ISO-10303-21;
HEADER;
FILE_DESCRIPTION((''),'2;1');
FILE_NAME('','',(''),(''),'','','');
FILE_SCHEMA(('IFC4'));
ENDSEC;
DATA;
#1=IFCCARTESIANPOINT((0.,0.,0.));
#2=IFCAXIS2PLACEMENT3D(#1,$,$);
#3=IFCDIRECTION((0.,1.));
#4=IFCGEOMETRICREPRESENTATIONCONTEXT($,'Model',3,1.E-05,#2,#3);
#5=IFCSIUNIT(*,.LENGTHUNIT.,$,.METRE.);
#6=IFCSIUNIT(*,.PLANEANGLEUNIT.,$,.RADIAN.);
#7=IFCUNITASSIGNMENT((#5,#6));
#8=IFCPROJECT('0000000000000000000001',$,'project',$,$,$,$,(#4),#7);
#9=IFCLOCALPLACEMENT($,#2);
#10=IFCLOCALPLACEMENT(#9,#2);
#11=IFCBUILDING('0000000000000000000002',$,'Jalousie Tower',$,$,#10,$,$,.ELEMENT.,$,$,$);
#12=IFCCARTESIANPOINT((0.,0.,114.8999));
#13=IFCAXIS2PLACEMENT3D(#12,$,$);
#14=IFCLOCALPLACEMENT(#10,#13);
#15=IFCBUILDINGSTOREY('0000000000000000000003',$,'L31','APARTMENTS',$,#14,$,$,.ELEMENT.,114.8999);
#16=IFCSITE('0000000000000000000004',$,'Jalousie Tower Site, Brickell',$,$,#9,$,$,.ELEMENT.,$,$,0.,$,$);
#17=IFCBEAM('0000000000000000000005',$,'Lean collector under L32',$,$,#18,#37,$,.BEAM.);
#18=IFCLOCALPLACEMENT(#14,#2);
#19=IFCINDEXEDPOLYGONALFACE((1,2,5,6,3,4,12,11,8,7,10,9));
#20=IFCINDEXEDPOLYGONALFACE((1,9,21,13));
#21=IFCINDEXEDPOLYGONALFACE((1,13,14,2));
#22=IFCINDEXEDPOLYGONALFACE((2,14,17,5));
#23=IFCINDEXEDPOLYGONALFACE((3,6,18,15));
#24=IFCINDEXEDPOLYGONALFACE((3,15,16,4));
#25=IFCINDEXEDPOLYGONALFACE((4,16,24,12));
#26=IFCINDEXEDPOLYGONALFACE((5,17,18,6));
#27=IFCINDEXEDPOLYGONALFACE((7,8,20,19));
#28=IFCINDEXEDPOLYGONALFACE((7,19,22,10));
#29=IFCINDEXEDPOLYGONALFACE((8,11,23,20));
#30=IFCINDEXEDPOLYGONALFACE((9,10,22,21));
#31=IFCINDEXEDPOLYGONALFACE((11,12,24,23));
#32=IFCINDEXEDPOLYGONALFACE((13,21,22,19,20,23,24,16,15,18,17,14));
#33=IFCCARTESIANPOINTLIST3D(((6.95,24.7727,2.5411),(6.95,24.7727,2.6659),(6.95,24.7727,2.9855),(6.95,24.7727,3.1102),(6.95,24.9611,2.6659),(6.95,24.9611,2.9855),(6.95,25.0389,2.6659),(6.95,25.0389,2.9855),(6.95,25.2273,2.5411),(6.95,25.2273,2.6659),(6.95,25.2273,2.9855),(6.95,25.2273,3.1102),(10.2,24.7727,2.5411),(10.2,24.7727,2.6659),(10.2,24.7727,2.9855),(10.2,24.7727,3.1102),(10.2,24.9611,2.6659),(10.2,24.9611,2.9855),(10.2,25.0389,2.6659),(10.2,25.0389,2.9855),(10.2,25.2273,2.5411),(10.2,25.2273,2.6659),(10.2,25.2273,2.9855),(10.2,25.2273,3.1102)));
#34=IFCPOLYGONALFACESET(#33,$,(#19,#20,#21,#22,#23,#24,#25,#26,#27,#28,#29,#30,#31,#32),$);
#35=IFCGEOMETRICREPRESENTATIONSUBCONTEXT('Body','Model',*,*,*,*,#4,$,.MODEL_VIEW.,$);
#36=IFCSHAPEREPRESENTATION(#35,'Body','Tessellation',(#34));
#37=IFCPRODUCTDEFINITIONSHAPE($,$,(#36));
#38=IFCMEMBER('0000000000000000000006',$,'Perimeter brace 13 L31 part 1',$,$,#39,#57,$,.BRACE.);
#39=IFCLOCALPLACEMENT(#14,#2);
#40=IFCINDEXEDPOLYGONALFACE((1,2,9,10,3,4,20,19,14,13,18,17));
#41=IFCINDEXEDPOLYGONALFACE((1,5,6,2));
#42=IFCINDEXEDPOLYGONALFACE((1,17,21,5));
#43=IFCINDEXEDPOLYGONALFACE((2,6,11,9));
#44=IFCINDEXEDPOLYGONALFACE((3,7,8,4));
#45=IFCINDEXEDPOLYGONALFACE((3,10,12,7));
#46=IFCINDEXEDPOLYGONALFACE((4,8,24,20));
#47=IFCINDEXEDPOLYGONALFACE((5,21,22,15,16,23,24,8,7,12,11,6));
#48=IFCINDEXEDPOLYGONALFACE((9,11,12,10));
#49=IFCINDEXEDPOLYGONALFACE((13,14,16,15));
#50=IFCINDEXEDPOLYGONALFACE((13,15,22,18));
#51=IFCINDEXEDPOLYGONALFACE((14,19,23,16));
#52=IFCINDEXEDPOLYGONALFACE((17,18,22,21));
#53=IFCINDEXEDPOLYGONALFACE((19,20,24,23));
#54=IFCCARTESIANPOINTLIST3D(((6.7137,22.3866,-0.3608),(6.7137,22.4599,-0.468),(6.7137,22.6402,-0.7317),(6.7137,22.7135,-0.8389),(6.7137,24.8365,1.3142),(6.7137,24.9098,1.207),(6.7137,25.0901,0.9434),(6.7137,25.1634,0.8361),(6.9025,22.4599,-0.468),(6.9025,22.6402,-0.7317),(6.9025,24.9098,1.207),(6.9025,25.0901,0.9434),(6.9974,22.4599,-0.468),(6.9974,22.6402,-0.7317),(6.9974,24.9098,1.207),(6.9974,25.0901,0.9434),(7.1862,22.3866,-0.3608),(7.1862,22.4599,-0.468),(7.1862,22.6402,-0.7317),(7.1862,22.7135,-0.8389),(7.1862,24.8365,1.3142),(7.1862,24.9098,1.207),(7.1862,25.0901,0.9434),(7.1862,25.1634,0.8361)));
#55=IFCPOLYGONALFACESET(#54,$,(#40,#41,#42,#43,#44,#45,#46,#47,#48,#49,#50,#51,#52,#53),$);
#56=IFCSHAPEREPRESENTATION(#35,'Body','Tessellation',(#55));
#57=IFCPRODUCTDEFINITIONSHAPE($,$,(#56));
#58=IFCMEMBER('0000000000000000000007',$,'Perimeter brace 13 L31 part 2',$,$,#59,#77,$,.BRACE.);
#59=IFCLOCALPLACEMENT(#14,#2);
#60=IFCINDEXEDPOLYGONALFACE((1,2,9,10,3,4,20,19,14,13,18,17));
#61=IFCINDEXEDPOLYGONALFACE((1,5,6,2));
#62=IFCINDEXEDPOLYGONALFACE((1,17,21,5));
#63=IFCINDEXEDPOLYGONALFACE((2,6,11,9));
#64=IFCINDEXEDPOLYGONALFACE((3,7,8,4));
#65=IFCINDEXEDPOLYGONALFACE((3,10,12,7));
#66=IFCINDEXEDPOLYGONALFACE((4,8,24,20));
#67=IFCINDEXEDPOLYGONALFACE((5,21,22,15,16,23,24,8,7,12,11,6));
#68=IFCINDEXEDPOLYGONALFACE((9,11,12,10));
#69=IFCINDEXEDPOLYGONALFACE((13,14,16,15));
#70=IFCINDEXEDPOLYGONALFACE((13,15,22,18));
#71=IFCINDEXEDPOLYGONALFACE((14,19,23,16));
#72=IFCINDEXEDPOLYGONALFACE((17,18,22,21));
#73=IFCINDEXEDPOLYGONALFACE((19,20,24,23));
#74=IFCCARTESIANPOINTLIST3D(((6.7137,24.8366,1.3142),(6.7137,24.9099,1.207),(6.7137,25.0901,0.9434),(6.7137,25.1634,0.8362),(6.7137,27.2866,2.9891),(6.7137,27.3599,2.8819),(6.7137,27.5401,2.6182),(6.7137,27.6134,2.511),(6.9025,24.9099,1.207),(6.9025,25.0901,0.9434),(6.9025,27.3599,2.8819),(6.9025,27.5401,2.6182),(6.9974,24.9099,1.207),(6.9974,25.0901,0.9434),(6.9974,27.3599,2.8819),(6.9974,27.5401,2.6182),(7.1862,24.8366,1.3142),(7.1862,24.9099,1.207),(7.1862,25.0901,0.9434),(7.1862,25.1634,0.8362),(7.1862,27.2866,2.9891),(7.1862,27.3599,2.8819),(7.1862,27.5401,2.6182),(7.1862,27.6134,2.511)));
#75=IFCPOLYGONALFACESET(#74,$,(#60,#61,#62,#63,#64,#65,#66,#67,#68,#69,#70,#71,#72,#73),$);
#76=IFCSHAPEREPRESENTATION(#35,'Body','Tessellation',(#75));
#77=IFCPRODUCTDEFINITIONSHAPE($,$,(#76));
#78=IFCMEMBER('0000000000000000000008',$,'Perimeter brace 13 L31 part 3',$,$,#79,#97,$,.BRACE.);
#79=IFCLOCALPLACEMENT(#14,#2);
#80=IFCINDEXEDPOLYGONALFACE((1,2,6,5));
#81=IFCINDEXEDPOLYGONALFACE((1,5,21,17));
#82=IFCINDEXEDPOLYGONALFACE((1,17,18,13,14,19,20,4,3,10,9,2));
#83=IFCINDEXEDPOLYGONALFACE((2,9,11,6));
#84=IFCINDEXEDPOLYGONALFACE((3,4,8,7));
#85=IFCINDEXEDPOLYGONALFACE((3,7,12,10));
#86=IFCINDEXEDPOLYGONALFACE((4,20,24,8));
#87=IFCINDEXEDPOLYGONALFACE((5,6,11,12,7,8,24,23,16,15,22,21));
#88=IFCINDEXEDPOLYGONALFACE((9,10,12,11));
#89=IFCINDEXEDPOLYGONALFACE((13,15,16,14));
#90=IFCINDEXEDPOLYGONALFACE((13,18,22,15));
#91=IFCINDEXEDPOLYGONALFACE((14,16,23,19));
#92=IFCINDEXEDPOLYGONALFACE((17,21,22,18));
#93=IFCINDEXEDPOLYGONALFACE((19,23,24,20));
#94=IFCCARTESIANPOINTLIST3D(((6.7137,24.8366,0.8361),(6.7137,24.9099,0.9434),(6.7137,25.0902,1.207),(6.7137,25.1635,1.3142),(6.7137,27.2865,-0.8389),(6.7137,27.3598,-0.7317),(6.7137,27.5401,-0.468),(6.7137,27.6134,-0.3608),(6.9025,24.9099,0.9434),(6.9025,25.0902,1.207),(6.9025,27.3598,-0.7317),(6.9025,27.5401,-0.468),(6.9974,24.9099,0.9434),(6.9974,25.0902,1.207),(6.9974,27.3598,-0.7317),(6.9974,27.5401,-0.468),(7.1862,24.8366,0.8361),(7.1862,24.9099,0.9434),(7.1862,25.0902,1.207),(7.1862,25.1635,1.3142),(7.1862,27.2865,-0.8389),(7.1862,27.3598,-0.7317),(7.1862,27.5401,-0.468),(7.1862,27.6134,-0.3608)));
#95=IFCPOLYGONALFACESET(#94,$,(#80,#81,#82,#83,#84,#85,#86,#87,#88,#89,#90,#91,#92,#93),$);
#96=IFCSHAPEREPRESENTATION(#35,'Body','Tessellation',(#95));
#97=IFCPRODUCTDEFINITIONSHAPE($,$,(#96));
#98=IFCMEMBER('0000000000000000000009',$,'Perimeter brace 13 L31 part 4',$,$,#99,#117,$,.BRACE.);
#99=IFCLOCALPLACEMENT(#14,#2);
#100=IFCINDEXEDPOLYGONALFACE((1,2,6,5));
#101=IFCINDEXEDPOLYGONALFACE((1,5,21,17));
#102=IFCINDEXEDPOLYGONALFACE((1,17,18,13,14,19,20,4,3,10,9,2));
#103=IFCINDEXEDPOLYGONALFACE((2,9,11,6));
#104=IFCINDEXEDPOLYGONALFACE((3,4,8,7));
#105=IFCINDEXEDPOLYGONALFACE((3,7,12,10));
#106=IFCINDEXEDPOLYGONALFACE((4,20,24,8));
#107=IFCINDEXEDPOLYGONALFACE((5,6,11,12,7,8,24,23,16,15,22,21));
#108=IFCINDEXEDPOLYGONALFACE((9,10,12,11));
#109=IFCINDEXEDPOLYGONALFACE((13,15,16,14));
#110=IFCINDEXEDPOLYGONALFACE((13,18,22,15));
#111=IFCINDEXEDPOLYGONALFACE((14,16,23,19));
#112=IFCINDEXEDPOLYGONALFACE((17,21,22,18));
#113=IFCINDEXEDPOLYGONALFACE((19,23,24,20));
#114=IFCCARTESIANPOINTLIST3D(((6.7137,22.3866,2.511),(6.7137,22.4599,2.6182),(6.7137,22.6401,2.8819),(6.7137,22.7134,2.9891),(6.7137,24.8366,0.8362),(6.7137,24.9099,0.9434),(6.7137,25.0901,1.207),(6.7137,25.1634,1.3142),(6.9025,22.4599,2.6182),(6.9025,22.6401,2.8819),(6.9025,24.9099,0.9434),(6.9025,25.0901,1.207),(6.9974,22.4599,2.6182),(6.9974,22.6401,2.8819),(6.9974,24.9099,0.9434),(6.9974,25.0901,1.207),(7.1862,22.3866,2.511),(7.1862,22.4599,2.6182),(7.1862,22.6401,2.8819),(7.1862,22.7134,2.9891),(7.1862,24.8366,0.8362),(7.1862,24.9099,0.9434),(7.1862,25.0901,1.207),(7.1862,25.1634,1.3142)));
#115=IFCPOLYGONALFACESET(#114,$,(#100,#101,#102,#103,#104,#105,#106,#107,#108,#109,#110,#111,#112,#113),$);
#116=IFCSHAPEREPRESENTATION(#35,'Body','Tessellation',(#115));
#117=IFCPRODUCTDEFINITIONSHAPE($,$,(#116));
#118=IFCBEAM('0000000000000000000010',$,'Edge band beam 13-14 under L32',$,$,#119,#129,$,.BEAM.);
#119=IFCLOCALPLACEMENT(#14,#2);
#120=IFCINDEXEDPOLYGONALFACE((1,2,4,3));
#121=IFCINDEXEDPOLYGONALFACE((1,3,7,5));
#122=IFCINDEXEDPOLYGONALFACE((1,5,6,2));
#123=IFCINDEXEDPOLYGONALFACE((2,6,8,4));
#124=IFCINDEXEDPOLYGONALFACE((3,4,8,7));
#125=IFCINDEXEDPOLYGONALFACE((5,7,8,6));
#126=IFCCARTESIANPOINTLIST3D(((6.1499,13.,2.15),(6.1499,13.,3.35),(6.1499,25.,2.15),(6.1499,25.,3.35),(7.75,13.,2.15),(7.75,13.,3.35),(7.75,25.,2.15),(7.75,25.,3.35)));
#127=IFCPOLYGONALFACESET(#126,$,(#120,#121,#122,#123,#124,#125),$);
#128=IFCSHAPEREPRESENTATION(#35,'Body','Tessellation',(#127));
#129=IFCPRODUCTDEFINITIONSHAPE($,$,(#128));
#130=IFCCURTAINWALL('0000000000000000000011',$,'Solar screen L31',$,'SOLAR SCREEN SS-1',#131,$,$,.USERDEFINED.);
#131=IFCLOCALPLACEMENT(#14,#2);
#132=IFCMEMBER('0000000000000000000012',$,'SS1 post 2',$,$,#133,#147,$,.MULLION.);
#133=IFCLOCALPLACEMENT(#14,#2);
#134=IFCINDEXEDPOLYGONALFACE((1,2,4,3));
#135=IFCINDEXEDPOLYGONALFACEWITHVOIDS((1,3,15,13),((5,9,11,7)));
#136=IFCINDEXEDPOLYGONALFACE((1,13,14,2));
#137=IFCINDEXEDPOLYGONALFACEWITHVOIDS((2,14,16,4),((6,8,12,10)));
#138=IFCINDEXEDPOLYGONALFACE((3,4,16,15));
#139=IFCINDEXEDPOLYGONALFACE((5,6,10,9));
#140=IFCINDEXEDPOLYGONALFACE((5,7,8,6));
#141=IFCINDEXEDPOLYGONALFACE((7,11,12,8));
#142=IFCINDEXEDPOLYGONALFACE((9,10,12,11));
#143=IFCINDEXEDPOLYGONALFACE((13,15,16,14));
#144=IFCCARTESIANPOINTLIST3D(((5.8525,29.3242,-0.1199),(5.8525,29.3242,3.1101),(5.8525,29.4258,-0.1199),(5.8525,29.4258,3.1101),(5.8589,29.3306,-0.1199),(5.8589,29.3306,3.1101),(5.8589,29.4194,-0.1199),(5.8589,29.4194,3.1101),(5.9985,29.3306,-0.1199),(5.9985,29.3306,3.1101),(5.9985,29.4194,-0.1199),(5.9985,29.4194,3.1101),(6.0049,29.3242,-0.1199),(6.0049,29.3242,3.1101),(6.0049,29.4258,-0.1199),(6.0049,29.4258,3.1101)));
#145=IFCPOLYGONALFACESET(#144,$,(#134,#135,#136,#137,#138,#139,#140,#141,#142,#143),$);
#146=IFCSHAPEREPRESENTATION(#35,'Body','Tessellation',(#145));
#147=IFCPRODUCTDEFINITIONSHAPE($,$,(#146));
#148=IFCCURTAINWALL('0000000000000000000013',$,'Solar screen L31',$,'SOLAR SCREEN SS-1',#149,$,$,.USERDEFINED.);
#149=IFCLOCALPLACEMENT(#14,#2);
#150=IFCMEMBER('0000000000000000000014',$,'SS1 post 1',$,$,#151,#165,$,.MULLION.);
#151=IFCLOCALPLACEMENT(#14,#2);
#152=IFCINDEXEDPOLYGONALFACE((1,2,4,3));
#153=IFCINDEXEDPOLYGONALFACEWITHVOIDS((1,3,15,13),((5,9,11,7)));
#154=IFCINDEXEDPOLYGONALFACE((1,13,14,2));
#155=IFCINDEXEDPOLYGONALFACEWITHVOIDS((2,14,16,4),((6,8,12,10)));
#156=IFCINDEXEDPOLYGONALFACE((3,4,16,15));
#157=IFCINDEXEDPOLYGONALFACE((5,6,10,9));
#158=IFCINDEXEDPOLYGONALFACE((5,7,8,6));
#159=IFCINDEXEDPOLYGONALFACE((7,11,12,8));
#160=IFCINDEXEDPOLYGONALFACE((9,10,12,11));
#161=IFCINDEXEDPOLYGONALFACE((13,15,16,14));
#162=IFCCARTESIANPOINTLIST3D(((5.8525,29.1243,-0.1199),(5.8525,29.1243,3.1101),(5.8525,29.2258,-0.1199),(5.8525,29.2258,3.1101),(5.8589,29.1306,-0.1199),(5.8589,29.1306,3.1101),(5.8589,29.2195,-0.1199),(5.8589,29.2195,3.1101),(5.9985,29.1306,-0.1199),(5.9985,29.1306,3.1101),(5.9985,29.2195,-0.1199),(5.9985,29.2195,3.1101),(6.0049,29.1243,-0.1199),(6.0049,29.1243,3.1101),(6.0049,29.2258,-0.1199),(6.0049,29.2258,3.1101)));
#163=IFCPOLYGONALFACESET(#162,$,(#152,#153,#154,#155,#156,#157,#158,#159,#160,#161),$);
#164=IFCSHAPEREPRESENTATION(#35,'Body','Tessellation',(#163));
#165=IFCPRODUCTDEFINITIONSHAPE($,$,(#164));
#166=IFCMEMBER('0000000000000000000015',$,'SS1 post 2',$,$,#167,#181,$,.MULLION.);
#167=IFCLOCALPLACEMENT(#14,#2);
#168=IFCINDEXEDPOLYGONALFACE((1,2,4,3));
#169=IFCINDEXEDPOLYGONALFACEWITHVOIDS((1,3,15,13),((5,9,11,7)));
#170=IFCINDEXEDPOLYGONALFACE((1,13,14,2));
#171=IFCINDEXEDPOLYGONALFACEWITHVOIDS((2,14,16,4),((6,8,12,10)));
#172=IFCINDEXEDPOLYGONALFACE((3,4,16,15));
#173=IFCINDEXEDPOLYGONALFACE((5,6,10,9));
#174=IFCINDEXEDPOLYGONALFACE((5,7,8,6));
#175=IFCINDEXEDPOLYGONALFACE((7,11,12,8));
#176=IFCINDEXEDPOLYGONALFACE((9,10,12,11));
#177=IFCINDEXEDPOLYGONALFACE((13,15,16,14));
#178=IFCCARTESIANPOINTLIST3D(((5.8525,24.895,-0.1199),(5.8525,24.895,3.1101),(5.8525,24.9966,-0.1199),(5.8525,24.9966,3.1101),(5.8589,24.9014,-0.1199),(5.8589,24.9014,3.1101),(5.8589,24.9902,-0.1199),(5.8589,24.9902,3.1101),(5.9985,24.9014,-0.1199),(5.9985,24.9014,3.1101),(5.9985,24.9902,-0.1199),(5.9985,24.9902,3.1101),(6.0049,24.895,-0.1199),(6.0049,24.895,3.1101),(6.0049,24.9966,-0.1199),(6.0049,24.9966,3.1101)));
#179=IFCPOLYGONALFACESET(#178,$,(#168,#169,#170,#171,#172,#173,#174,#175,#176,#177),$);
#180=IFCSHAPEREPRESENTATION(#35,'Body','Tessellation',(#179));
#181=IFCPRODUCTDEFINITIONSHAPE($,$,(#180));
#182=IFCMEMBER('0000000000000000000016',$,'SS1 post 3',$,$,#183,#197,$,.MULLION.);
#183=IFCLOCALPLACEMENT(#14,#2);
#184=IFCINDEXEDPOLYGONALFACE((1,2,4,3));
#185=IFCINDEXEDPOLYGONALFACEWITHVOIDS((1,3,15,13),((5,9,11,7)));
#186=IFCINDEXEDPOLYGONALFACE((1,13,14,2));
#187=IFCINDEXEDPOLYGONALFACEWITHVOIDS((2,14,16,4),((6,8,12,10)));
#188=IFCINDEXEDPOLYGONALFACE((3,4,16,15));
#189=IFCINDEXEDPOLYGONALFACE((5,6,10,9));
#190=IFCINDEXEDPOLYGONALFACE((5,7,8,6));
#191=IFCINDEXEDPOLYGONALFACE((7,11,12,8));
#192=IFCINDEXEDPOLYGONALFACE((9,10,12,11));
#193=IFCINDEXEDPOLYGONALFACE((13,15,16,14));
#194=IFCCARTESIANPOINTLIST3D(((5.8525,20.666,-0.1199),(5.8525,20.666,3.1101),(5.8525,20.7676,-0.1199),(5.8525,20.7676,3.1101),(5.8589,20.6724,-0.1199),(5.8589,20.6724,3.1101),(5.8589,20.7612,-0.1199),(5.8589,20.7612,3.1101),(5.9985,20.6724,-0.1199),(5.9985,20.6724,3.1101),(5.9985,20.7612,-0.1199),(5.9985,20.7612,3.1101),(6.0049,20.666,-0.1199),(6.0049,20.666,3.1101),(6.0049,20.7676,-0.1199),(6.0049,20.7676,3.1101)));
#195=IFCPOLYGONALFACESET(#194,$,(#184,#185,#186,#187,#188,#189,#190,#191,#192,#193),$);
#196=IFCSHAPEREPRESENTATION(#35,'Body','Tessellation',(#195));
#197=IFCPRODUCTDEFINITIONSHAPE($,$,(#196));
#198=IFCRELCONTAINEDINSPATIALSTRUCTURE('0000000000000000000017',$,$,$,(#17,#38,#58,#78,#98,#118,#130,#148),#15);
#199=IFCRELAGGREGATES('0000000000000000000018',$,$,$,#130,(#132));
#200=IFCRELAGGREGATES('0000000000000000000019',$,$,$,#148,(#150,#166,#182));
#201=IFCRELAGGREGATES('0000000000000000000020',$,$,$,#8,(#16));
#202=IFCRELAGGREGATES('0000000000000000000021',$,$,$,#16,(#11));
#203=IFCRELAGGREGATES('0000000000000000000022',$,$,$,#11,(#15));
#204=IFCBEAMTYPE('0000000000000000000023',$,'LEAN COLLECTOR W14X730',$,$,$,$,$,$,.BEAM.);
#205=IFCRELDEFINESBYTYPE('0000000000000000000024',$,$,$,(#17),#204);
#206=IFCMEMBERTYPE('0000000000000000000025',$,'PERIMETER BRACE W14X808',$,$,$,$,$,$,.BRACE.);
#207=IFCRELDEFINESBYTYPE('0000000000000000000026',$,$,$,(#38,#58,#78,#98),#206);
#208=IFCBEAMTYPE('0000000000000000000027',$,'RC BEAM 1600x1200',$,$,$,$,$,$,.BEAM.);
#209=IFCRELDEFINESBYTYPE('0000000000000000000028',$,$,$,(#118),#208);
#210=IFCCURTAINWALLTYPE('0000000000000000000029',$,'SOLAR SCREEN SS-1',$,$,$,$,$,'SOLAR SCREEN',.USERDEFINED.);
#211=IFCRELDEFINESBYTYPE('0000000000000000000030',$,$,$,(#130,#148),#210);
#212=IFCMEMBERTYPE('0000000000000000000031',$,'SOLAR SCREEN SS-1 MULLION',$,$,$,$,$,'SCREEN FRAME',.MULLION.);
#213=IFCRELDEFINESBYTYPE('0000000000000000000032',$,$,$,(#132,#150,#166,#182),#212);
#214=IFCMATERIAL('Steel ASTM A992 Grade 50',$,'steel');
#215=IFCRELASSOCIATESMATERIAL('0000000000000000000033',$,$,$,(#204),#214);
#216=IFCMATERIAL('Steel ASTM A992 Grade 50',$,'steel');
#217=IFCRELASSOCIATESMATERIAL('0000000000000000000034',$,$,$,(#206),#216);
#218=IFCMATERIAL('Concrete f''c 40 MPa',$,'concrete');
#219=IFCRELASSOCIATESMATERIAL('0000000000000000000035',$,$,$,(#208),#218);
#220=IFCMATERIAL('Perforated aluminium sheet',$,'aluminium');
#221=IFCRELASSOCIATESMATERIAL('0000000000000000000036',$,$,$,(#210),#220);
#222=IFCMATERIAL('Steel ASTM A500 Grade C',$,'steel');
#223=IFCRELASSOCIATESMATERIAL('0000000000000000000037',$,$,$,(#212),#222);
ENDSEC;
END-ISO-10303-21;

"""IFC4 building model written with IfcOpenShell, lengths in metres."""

from ifc_helpers import new_model, si_unit, direction, frame, origin, origin_2d, place, context, subcontext, project, spatial, rectangle, hollow_rectangle, i_section, extrude, material, material_profile, profile_set, type_object, element, aggregate, save


model = new_model("IFC4")

# Units and contexts
model_context = context("Model", 3, precision=1e-05, world=origin(), true_north=direction((0.0, 1.0)))
body_context = subcontext(model_context, "Body", "Model", "MODEL_VIEW")
ifc_project = project(units=[si_unit("LENGTHUNIT", "METRE"), si_unit("PLANEANGLEUNIT", "RADIAN")], contexts=[model_context])

# Site, building, storey
site_placement = place(None, origin())
site = spatial("IfcSite", under=ifc_project, at=site_placement, Name="Jalousie Tower Site, Brickell", CompositionType="ELEMENT", RefElevation=0.0)
building_placement = place(site_placement, origin())
building = spatial("IfcBuilding", under=site, at=building_placement, Name="Jalousie Tower", CompositionType="ELEMENT")
storey_placement = place(building_placement, frame((0.0, 0.0, 114.8999)))
storey = spatial("IfcBuildingStorey", under=building, at=storey_placement, Name="L31", Description="APARTMENTS", CompositionType="ELEMENT", Elevation=114.8999)

# Beam
ifc_material_1 = material(Name="Steel ASTM A992 Grade 50", Category="steel")
ifc_material_profile_1 = material_profile(ifc_material_1, i_section(OverallWidth=0.4546, OverallDepth=0.5691, WebThickness=0.0779, FlangeThickness=0.1248, at=origin_2d()), Name="W14X730")
ifc_profile_set_1 = profile_set([ifc_material_profile_1], Name="Steel ASTM A992 Grade 50")
beam_type_1 = type_object("IfcBeamType", Name="LEAN COLLECTOR W14X730", PredefinedType="BEAM", material=ifc_profile_set_1)
beam_1_placement = place(storey_placement, frame((6.95, 25.0, 2.8257), z_axis=(1.0, 0.0, 0.0), x_axis=(0.0, 1.0, 0.0)))
element("IfcBeam", 1, at=beam_1_placement, inside=storey, type_object=beam_type_1, Name="Lean collector under L32", PredefinedType="BEAM", context=body_context, shape_type="SweptSolid", body=[
    extrude(i_section(OverallWidth=0.4546, OverallDepth=0.5691, WebThickness=0.0779, FlangeThickness=0.1248, at=origin_2d()), origin(), (0.0, 0.0, 1.0), 3.25),
])

# Members
ifc_material_2 = material(Name="Steel ASTM A992 Grade 50", Category="steel")
ifc_material_profile_2 = material_profile(ifc_material_2, i_section(OverallWidth=0.4724, OverallDepth=0.5791, WebThickness=0.095, FlangeThickness=0.1299, at=origin_2d()), Name="W14X808")
ifc_profile_set_2 = profile_set([ifc_material_profile_2], Name="Steel ASTM A992 Grade 50")
member_type_1 = type_object("IfcMemberType", Name="PERIMETER BRACE W14X808", PredefinedType="BRACE", material=ifc_profile_set_2)
for number, where, z_axis, x_axis, name in (
    (2, (6.95, 22.55, -0.5999), (0.0, 0.825501, 0.564401), (-1.0, 0.0, 0.0), "Perimeter brace 13 L31 part 1"),
    (3, (6.95, 25.0, 1.0752), (0.0, 0.825539, 0.564345), (-1.0, 0.0, 0.0), "Perimeter brace 13 L31 part 2"),
    (4, (6.95, 27.45, -0.5999), (0.0, -0.825501, 0.564401), (1.0, 0.0, 0.0), "Perimeter brace 13 L31 part 3"),
    (5, (6.95, 25.0, 1.0752), (0.0, -0.825539, 0.564345), (1.0, 0.0, 0.0), "Perimeter brace 13 L31 part 4"),
):
    element("IfcMember", number, at=place(storey_placement, frame(where, z_axis=z_axis, x_axis=x_axis)), inside=storey, type_object=member_type_1, Name=name, PredefinedType="BRACE", context=body_context, shape_type="SweptSolid", body=[
        extrude(i_section(OverallWidth=0.4724, OverallDepth=0.5791, WebThickness=0.095, FlangeThickness=0.1299, at=origin_2d()), origin(), (0.0, 0.0, 1.0), 2.9678),
    ])

# Beam
ifc_material_3 = material(Name="Concrete f'c 40 MPa", Category="concrete")
ifc_material_profile_3 = material_profile(ifc_material_3, rectangle(XDim=1.6001, YDim=1.2, at=origin_2d()), Name="RC 1600x1200")
ifc_profile_set_3 = profile_set([ifc_material_profile_3], Name="Concrete f'c 40 MPa")
beam_type_2 = type_object("IfcBeamType", Name="RC BEAM 1600x1200", PredefinedType="BEAM", material=ifc_profile_set_3)
beam_2_placement = place(storey_placement, frame((6.95, 25.0, 2.75), z_axis=(0.0, -1.0, 0.0), x_axis=(1.0, 0.0, 0.0)))
element("IfcBeam", 6, at=beam_2_placement, inside=storey, type_object=beam_type_2, Name="Edge band beam 13-14 under L32", PredefinedType="BEAM", context=body_context, shape_type="SweptSolid", body=[
    extrude(rectangle(XDim=1.6001, YDim=1.2, at=origin_2d()), origin(), (0.0, 0.0, 1.0), 12.0),
])

# Curtain wall, member
ifc_material_4 = material(Name="Perforated aluminium sheet", Category="aluminium")
curtain_wall_type = type_object("IfcCurtainWallType", Name="SOLAR SCREEN SS-1", ElementType="SOLAR SCREEN", PredefinedType="USERDEFINED", material=ifc_material_4)
curtain_wall_1_placement = place(storey_placement, origin())
curtain_wall_1 = element("IfcCurtainWall", 7, at=curtain_wall_1_placement, inside=storey, type_object=curtain_wall_type, Name="Solar screen L31", ObjectType="SOLAR SCREEN SS-1", PredefinedType="USERDEFINED")
ifc_material_5 = material(Name="Steel ASTM A500 Grade C", Category="steel")
ifc_material_profile_4 = material_profile(ifc_material_5, hollow_rectangle(XDim=0.1016, YDim=0.1523, WallThickness=0.0063, at=origin_2d()), Name="HSS6X4X1/4")
ifc_profile_set_4 = profile_set([ifc_material_profile_4], Name="Steel ASTM A500 Grade C")
member_type_2 = type_object("IfcMemberType", Name="SOLAR SCREEN SS-1 MULLION", ElementType="SCREEN FRAME", PredefinedType="MULLION", material=ifc_profile_set_4)
member_1_placement = place(storey_placement, frame((5.9287, 29.375, -0.1199), z_axis=(0.0, 0.0, 1.0), x_axis=(0.0, -1.0, 0.0)))
member_1 = element("IfcMember", 8, at=member_1_placement, type_object=member_type_2, Name="SS1 post 2", PredefinedType="MULLION", context=body_context, shape_type="SweptSolid", body=[
    extrude(hollow_rectangle(XDim=0.1016, YDim=0.1523, WallThickness=0.0063, at=origin_2d()), origin(), (0.0, 0.0, 1.0), 3.23),
])

# Curtain wall, members
curtain_wall_2_placement = place(storey_placement, origin())
curtain_wall_2 = element("IfcCurtainWall", 9, at=curtain_wall_2_placement, inside=storey, type_object=curtain_wall_type, Name="Solar screen L31", ObjectType="SOLAR SCREEN SS-1", PredefinedType="USERDEFINED")
member_2_placement = place(storey_placement, frame((5.9287, 29.175, -0.1199), z_axis=(0.0, 0.0, 1.0), x_axis=(0.0, -1.0, 0.0)))
member_2 = element("IfcMember", 10, at=member_2_placement, type_object=member_type_2, Name="SS1 post 1", PredefinedType="MULLION", context=body_context, shape_type="SweptSolid", body=[
    extrude(hollow_rectangle(XDim=0.1016, YDim=0.1523, WallThickness=0.0063, at=origin_2d()), origin(), (0.0, 0.0, 1.0), 3.23),
])
member_3_placement = place(storey_placement, frame((5.9287, 24.9458, -0.1199), z_axis=(0.0, 0.0, 1.0), x_axis=(0.0, -1.0, 0.0)))
member_3 = element("IfcMember", 11, at=member_3_placement, type_object=member_type_2, Name="SS1 post 2", PredefinedType="MULLION", context=body_context, shape_type="SweptSolid", body=[
    extrude(hollow_rectangle(XDim=0.1016, YDim=0.1523, WallThickness=0.0063, at=origin_2d()), origin(), (0.0, 0.0, 1.0), 3.23),
])
member_4_placement = place(storey_placement, frame((5.9287, 20.7168, -0.1199), z_axis=(0.0, 0.0, 1.0), x_axis=(0.0, -1.0, 0.0)))
member_4 = element("IfcMember", 12, at=member_4_placement, type_object=member_type_2, Name="SS1 post 3", PredefinedType="MULLION", context=body_context, shape_type="SweptSolid", body=[
    extrude(hollow_rectangle(XDim=0.1016, YDim=0.1523, WallThickness=0.0063, at=origin_2d()), origin(), (0.0, 0.0, 1.0), 3.23),
])

aggregate(curtain_wall_1, [member_1])
aggregate(curtain_wall_2, [member_2, member_3, member_4])

save(model, "model.ifc")
